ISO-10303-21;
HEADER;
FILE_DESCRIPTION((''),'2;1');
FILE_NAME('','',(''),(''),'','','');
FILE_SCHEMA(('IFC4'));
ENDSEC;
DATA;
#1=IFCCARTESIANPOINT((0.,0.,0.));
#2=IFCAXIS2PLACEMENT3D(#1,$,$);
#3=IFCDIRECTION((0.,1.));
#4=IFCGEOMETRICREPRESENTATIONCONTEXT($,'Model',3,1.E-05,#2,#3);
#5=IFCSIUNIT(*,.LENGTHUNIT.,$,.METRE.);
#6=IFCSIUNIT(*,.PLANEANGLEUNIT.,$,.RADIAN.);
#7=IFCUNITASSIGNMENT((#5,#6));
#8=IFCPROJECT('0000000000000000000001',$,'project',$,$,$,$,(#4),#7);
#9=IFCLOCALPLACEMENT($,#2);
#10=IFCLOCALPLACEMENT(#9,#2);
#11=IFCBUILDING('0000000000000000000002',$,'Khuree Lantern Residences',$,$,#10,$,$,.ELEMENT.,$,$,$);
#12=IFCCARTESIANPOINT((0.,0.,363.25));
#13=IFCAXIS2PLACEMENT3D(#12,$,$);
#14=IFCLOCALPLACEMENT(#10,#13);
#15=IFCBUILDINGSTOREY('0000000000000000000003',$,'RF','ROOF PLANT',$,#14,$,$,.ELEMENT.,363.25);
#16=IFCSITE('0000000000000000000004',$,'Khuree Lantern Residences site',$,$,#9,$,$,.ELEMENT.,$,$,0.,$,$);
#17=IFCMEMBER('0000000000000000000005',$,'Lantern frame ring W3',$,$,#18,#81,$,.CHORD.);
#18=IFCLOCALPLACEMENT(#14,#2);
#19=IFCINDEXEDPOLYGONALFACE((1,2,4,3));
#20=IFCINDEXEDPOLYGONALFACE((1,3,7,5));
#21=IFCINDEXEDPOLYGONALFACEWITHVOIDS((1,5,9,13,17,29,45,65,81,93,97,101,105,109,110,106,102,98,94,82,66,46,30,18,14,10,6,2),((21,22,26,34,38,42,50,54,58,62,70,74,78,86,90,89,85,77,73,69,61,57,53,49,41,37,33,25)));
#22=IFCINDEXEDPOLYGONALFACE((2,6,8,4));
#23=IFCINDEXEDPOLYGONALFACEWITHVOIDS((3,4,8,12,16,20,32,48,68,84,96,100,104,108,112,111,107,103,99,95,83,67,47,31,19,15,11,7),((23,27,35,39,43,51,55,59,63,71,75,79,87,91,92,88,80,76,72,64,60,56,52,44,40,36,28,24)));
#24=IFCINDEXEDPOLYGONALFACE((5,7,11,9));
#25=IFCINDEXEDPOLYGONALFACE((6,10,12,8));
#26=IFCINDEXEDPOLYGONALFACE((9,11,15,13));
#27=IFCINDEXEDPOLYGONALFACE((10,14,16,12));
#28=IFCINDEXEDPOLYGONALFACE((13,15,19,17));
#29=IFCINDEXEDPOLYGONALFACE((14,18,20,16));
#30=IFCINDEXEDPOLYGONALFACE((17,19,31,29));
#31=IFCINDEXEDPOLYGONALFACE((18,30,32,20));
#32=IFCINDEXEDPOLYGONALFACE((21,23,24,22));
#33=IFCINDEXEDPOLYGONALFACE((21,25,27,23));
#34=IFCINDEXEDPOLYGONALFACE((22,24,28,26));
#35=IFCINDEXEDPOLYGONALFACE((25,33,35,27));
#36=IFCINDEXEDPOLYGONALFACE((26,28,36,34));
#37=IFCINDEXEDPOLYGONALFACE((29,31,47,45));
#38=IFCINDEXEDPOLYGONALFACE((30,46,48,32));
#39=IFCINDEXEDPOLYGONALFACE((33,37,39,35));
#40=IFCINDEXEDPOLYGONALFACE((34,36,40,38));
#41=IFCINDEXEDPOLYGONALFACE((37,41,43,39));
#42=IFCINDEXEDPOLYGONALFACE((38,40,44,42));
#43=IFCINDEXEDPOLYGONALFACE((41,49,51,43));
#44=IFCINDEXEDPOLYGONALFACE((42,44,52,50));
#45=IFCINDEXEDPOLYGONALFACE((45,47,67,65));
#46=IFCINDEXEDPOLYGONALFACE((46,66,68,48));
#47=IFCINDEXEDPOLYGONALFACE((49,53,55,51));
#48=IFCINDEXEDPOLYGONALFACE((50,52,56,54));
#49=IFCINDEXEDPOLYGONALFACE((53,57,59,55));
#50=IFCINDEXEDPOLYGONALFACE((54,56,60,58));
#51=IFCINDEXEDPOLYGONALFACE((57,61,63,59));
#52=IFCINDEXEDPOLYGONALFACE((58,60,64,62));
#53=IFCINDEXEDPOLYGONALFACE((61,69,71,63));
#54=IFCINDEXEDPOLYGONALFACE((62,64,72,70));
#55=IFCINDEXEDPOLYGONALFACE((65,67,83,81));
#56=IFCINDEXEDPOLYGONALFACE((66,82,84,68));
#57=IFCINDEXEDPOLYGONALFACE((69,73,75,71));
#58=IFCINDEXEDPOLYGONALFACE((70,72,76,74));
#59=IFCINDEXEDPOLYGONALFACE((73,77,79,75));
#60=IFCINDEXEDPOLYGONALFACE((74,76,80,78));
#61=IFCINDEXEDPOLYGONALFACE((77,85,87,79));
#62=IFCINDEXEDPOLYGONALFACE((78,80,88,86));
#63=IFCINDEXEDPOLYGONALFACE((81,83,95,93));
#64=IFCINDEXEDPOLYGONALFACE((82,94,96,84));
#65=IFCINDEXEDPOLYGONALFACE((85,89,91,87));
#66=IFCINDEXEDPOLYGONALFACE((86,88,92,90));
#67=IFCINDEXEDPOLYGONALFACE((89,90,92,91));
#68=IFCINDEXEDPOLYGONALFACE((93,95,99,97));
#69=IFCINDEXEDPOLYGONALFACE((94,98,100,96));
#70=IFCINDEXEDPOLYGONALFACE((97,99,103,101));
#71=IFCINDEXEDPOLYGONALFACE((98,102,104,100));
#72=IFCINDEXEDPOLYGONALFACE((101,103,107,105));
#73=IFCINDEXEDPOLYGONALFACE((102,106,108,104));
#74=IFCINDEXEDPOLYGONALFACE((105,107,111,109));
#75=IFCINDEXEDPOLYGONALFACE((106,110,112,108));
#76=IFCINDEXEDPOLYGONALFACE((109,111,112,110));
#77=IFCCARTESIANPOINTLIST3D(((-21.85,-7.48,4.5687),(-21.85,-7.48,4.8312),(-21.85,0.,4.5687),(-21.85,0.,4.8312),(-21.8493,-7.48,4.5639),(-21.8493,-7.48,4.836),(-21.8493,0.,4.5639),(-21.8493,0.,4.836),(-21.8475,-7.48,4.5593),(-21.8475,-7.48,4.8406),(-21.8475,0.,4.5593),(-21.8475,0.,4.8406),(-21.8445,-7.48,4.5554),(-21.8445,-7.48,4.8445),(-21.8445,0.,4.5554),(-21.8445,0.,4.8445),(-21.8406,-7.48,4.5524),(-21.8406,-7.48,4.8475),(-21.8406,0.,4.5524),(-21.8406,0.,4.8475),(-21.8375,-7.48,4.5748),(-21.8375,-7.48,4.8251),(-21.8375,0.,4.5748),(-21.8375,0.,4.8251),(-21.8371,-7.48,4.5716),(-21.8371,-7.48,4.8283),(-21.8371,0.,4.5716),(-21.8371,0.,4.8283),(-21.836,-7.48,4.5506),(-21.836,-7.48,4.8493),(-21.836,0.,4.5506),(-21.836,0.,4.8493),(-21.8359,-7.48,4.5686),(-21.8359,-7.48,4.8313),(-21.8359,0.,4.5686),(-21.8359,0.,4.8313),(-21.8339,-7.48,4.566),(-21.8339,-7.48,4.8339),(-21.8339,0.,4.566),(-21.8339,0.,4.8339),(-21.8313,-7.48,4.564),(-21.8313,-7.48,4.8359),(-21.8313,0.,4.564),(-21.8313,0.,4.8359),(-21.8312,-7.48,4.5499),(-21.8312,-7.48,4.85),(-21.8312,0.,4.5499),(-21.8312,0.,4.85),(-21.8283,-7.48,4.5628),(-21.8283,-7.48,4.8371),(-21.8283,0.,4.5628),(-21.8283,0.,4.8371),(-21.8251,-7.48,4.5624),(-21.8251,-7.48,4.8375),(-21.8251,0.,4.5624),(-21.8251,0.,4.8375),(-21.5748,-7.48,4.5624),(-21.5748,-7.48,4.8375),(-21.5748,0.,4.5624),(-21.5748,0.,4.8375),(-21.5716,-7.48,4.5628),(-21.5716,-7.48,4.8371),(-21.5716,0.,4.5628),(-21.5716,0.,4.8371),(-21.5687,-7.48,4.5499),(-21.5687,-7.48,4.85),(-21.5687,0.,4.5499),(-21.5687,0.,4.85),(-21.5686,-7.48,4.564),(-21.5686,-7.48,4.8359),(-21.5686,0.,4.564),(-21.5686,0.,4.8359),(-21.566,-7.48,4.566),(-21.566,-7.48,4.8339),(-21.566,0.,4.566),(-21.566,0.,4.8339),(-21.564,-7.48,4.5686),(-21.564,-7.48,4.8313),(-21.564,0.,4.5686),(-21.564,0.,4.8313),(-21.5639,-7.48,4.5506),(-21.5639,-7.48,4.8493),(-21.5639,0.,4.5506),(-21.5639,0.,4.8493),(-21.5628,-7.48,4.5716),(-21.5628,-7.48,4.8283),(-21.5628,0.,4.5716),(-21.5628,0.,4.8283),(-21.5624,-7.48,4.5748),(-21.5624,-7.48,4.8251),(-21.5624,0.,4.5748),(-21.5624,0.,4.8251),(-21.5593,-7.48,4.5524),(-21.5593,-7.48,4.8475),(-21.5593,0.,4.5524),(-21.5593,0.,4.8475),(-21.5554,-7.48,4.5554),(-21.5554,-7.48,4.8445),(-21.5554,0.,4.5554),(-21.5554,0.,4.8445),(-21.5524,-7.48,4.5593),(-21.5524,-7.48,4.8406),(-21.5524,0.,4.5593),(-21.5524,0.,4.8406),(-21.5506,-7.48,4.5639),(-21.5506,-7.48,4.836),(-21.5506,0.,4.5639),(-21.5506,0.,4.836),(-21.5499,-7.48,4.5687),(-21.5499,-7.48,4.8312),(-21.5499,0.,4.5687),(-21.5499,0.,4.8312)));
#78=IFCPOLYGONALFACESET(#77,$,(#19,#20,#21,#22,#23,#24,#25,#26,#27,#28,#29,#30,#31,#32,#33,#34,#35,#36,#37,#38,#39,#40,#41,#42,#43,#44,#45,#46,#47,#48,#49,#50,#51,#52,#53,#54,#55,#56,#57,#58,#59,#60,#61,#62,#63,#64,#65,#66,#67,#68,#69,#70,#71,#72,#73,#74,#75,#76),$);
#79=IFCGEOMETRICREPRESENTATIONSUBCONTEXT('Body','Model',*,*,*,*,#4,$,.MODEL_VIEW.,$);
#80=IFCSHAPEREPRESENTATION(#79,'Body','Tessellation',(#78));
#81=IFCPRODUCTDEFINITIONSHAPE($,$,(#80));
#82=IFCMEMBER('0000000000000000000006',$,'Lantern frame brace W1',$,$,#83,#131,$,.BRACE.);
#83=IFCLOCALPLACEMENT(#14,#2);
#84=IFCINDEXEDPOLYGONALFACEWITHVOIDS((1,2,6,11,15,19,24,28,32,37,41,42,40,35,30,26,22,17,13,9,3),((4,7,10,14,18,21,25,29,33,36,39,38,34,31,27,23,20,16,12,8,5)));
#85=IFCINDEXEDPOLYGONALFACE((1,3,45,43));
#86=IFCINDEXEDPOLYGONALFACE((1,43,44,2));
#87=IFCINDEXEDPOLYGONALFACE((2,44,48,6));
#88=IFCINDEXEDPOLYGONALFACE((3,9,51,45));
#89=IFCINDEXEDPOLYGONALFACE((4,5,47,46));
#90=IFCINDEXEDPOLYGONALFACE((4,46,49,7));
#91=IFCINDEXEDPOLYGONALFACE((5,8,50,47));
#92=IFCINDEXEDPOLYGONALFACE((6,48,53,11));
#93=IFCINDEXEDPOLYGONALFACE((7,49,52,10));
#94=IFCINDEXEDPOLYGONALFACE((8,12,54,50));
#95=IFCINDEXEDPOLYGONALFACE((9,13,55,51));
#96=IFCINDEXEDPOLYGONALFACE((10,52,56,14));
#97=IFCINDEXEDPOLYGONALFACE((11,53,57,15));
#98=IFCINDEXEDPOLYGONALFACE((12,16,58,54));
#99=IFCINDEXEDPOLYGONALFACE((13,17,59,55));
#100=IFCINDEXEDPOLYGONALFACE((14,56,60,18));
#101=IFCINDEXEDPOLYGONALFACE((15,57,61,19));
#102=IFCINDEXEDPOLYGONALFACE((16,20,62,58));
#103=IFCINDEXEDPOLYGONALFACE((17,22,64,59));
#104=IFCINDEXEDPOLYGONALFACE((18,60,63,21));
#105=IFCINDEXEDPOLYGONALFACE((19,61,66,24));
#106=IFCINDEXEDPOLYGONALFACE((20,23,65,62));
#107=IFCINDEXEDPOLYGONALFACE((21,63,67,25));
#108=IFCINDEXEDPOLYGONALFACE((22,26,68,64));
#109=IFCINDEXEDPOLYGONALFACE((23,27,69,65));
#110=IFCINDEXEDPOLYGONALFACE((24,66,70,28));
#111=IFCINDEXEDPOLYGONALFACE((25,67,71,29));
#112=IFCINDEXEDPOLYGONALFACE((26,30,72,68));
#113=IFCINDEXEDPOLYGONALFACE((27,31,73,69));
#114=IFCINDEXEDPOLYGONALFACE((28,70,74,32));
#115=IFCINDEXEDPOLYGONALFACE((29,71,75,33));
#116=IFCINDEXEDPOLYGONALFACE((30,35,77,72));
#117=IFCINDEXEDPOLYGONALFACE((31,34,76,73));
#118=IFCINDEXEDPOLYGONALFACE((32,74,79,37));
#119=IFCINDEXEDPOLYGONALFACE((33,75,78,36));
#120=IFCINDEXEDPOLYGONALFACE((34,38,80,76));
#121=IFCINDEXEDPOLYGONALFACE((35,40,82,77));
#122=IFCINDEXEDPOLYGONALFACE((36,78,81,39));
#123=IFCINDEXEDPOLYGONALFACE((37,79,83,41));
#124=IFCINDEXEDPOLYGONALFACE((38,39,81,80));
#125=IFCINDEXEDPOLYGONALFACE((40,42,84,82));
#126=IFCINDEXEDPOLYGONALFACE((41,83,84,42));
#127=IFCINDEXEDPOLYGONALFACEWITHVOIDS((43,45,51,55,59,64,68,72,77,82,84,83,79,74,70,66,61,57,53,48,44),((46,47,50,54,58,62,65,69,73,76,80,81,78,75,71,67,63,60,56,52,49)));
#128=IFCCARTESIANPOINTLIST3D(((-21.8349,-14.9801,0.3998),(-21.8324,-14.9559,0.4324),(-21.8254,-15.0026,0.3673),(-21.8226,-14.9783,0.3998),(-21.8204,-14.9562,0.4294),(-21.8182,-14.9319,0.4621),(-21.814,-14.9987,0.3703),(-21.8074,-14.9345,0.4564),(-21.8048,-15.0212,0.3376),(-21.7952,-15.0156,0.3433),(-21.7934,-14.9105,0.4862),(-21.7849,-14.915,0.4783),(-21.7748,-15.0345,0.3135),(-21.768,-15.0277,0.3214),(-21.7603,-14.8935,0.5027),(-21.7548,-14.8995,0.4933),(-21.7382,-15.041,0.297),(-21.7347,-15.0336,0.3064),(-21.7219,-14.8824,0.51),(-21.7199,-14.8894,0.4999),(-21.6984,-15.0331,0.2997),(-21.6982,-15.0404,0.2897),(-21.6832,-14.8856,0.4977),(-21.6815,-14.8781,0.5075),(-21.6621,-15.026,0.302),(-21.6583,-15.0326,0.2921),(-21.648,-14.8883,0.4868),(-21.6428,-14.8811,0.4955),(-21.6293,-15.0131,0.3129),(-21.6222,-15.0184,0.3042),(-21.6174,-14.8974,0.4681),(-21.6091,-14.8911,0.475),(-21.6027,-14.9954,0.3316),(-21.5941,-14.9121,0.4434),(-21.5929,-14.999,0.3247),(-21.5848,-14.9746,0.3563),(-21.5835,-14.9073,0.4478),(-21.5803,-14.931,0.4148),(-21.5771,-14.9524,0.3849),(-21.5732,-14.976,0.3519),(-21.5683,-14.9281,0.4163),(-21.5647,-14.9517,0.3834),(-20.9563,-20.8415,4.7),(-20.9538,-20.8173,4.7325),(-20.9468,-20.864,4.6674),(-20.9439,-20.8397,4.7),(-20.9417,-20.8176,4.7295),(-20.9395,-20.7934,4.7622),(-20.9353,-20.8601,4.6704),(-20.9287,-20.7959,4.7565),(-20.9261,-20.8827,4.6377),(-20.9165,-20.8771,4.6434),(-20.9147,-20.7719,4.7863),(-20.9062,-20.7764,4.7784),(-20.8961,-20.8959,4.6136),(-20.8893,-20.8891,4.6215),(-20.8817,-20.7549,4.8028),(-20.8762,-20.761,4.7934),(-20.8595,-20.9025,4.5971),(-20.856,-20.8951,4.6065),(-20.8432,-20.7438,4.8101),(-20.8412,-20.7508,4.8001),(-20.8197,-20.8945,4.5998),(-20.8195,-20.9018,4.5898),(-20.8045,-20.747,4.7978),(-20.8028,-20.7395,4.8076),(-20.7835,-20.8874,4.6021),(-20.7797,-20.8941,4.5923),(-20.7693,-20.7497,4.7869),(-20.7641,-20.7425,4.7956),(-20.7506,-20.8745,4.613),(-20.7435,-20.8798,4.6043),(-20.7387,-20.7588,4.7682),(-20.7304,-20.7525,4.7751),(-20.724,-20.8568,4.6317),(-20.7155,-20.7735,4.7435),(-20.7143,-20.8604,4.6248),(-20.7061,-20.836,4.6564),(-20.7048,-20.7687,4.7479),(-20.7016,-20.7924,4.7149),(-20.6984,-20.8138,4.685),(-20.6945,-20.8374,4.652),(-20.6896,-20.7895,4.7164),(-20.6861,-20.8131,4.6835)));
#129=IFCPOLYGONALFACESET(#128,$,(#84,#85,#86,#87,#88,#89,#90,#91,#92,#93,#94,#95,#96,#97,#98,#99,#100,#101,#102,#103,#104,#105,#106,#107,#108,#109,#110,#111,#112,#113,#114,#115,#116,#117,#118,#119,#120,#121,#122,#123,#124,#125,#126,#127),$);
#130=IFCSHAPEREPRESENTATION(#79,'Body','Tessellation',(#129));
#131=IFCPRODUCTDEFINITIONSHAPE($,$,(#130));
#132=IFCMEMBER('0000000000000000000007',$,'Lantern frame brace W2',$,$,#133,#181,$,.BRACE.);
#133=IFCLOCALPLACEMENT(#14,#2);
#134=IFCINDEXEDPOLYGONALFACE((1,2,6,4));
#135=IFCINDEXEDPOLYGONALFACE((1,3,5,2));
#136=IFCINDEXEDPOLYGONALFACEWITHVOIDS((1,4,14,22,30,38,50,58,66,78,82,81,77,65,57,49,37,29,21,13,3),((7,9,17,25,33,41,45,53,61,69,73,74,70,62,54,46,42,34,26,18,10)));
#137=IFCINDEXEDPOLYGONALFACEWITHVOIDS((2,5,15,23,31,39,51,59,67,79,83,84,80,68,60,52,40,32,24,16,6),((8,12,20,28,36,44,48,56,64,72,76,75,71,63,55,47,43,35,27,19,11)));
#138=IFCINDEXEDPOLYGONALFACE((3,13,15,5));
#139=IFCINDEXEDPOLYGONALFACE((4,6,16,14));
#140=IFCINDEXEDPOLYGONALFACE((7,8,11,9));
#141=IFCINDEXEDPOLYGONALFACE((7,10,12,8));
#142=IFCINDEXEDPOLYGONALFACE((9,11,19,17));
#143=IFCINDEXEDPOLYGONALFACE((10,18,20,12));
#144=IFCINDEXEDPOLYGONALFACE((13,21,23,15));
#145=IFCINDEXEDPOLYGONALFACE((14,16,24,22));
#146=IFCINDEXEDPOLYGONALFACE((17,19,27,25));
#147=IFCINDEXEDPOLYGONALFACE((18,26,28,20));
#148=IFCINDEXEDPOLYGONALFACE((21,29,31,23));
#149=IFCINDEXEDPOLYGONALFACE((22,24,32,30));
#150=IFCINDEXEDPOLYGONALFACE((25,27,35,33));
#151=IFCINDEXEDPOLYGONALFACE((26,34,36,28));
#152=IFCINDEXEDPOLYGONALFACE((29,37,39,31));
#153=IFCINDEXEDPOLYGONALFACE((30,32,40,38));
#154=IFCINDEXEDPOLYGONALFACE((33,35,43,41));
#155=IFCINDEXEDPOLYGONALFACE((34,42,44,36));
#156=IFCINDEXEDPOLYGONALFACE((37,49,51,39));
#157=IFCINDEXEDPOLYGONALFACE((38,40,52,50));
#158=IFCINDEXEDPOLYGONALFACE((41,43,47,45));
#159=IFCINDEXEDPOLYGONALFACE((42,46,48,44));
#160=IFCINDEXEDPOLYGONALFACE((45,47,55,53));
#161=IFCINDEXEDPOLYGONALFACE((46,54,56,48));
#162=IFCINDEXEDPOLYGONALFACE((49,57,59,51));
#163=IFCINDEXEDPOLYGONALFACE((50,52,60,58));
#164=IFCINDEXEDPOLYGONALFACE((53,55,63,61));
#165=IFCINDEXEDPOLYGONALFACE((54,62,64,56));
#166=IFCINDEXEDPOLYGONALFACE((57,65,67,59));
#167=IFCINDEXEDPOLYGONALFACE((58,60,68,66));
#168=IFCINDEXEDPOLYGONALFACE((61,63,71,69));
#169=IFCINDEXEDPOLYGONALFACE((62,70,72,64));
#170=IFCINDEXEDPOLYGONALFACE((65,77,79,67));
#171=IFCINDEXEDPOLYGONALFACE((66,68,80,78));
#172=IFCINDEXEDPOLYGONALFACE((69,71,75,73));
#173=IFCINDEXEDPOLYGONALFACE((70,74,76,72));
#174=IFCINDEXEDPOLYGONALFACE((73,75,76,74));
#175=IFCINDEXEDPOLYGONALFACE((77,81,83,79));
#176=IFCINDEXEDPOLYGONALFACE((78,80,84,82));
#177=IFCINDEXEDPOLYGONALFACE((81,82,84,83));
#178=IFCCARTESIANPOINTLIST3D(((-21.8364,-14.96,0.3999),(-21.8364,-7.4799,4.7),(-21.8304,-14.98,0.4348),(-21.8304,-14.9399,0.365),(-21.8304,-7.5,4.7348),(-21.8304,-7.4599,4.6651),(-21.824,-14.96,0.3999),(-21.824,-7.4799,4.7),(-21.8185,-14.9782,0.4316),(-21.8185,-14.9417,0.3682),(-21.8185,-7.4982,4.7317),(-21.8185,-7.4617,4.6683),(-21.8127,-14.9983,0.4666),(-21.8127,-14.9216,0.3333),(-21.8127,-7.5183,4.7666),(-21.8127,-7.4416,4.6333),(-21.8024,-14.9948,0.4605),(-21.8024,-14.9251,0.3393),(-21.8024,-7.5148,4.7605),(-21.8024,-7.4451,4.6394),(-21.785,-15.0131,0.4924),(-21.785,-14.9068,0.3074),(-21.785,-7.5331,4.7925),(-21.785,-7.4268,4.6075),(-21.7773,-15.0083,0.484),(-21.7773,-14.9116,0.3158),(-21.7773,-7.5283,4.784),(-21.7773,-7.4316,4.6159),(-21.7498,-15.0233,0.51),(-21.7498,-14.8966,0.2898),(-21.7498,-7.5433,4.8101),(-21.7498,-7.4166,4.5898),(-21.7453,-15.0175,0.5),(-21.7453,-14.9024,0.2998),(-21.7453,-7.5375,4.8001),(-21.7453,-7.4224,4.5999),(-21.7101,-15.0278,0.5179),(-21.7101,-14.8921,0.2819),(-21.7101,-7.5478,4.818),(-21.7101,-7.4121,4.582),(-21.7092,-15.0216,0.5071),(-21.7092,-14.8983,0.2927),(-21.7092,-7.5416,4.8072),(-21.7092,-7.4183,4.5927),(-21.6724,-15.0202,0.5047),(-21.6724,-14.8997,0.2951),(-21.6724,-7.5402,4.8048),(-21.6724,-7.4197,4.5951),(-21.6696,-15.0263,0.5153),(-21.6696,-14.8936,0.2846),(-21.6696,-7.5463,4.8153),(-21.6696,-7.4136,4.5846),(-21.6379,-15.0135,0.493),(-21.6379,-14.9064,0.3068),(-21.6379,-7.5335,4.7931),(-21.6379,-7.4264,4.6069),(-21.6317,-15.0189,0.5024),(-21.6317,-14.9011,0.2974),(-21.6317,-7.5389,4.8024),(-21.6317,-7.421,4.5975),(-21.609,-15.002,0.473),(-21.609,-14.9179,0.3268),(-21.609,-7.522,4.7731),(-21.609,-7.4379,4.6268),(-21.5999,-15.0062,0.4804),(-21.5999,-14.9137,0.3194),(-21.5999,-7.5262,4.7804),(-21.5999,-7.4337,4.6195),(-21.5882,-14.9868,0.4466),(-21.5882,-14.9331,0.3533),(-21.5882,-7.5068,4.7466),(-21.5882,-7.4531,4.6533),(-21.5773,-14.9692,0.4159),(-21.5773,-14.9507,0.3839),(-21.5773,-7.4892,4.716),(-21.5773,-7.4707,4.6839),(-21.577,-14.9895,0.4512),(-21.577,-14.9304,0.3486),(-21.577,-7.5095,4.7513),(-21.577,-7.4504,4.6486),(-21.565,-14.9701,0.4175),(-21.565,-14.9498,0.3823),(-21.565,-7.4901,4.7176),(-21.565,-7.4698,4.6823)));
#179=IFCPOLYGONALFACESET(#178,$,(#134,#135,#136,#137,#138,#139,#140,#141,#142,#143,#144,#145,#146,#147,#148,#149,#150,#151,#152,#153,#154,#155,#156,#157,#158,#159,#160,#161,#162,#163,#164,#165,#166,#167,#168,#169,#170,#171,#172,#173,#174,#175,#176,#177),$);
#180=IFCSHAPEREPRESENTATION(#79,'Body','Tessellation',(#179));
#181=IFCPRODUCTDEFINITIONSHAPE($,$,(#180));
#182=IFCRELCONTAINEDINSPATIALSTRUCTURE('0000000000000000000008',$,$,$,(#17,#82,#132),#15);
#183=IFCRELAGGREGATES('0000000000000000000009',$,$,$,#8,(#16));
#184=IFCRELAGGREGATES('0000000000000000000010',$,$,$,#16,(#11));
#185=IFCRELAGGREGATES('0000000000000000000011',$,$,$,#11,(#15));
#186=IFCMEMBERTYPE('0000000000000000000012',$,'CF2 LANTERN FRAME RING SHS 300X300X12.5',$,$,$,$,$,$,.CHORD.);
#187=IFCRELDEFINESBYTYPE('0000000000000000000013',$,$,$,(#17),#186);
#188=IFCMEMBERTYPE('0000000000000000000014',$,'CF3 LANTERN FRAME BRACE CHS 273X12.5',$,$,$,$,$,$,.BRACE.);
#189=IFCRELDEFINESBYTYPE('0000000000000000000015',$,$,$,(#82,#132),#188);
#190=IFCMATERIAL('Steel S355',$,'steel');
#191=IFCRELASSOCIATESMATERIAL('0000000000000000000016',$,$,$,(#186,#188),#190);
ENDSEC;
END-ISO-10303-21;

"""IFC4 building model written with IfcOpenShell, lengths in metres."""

from ifc_helpers import new_model, si_unit, direction, frame, origin, origin_2d, place, context, subcontext, project, spatial, hollow_rectangle, hollow_circle, extrude, material, material_profile, profile_set, type_object, element, save


model = new_model("IFC4")

# Units and contexts
model_context = context("Model", 3, precision=1e-05, world=origin(), true_north=direction((0.0, 1.0)))
body_context = subcontext(model_context, "Body", "Model", "MODEL_VIEW")
ifc_project = project(units=[si_unit("LENGTHUNIT", "METRE"), si_unit("PLANEANGLEUNIT", "RADIAN")], contexts=[model_context])

# Site, building, storey
site_placement = place(None, origin())
site = spatial("IfcSite", under=ifc_project, at=site_placement, Name="Khuree Lantern Residences site", CompositionType="ELEMENT", RefElevation=0.0)
building_placement = place(site_placement, origin())
building = spatial("IfcBuilding", under=site, at=building_placement, Name="Khuree Lantern Residences", CompositionType="ELEMENT")
storey_placement = place(building_placement, frame((0.0, 0.0, 363.25)))
storey = spatial("IfcBuildingStorey", under=building, at=storey_placement, Name="RF", Description="ROOF PLANT", CompositionType="ELEMENT", Elevation=363.25)

# Shared definitions
ifc_material_1 = material(Name="Steel S355", Category="steel")

# Members
ifc_material_profile_1 = material_profile(ifc_material_1, hollow_rectangle(XDim=0.3, YDim=0.3, WallThickness=0.0125, InnerFilletRadius=0.0125, OuterFilletRadius=0.0188, at=origin_2d()), Name="SHS 300X300X12.5")
ifc_profile_set_1 = profile_set([ifc_material_profile_1], Name="Steel S355")
member_type_1 = type_object("IfcMemberType", Name="CF2 LANTERN FRAME RING SHS 300X300X12.5", PredefinedType="CHORD", material=ifc_profile_set_1)
for number, where, z_axis, x_axis, name in (
    (1, (-21.7, -7.48, 4.7), (0.0, 1.0, 0.0), (-1.0, 0.0, 0.0), "Lantern frame ring W3"),
):
    element("IfcMember", number, at=place(storey_placement, frame(where, z_axis=z_axis, x_axis=x_axis)), inside=storey, type_object=member_type_1, Name=name, PredefinedType="CHORD", context=body_context, shape_type="SweptSolid", body=[
        extrude(hollow_rectangle(XDim=0.3, YDim=0.3, WallThickness=0.0125, InnerFilletRadius=0.0125, OuterFilletRadius=0.0188, at=origin_2d()), origin(), (0.0, 0.0, 1.0), 7.48),
    ])
ifc_material_profile_2 = material_profile(ifc_material_1, hollow_circle(Radius=0.1365, WallThickness=0.0125, at=origin_2d()), Name="CHS 273X12.5")
ifc_profile_set_2 = profile_set([ifc_material_profile_2], Name="Steel S355")
member_type_2 = type_object("IfcMemberType", Name="CF3 LANTERN FRAME BRACE CHS 273X12.5", PredefinedType="BRACE", material=ifc_profile_set_2)
member_1_placement = place(storey_placement, frame((-20.8213, -20.8213, 4.7), z_axis=(-0.119996, 0.800465, -0.587245), x_axis=(-0.98895, -0.148252, 0.0)))
element("IfcMember", 2, at=member_1_placement, inside=storey, type_object=member_type_2, Name="Lantern frame brace W1", PredefinedType="BRACE", context=body_context, shape_type="SweptSolid", body=[
    extrude(hollow_circle(Radius=0.1365, WallThickness=0.0125, at=origin_2d()), origin(), (0.0, 0.0, 1.0), 7.3225),
])
for number, where, z_axis, x_axis, name in (
    (3, (-21.7, -14.96, 0.3999), (0.0, 0.866953, 0.498389), (-1.0, 0.0, 0.0), "Lantern frame brace W2"),
):
    element("IfcMember", number, at=place(storey_placement, frame(where, z_axis=z_axis, x_axis=x_axis)), inside=storey, type_object=member_type_2, Name=name, PredefinedType="BRACE", context=body_context, shape_type="SweptSolid", body=[
        extrude(hollow_circle(Radius=0.1365, WallThickness=0.0125, at=origin_2d()), origin(), (0.0, 0.0, 1.0), 8.6279),
    ])

save(model, "model.ifc")
